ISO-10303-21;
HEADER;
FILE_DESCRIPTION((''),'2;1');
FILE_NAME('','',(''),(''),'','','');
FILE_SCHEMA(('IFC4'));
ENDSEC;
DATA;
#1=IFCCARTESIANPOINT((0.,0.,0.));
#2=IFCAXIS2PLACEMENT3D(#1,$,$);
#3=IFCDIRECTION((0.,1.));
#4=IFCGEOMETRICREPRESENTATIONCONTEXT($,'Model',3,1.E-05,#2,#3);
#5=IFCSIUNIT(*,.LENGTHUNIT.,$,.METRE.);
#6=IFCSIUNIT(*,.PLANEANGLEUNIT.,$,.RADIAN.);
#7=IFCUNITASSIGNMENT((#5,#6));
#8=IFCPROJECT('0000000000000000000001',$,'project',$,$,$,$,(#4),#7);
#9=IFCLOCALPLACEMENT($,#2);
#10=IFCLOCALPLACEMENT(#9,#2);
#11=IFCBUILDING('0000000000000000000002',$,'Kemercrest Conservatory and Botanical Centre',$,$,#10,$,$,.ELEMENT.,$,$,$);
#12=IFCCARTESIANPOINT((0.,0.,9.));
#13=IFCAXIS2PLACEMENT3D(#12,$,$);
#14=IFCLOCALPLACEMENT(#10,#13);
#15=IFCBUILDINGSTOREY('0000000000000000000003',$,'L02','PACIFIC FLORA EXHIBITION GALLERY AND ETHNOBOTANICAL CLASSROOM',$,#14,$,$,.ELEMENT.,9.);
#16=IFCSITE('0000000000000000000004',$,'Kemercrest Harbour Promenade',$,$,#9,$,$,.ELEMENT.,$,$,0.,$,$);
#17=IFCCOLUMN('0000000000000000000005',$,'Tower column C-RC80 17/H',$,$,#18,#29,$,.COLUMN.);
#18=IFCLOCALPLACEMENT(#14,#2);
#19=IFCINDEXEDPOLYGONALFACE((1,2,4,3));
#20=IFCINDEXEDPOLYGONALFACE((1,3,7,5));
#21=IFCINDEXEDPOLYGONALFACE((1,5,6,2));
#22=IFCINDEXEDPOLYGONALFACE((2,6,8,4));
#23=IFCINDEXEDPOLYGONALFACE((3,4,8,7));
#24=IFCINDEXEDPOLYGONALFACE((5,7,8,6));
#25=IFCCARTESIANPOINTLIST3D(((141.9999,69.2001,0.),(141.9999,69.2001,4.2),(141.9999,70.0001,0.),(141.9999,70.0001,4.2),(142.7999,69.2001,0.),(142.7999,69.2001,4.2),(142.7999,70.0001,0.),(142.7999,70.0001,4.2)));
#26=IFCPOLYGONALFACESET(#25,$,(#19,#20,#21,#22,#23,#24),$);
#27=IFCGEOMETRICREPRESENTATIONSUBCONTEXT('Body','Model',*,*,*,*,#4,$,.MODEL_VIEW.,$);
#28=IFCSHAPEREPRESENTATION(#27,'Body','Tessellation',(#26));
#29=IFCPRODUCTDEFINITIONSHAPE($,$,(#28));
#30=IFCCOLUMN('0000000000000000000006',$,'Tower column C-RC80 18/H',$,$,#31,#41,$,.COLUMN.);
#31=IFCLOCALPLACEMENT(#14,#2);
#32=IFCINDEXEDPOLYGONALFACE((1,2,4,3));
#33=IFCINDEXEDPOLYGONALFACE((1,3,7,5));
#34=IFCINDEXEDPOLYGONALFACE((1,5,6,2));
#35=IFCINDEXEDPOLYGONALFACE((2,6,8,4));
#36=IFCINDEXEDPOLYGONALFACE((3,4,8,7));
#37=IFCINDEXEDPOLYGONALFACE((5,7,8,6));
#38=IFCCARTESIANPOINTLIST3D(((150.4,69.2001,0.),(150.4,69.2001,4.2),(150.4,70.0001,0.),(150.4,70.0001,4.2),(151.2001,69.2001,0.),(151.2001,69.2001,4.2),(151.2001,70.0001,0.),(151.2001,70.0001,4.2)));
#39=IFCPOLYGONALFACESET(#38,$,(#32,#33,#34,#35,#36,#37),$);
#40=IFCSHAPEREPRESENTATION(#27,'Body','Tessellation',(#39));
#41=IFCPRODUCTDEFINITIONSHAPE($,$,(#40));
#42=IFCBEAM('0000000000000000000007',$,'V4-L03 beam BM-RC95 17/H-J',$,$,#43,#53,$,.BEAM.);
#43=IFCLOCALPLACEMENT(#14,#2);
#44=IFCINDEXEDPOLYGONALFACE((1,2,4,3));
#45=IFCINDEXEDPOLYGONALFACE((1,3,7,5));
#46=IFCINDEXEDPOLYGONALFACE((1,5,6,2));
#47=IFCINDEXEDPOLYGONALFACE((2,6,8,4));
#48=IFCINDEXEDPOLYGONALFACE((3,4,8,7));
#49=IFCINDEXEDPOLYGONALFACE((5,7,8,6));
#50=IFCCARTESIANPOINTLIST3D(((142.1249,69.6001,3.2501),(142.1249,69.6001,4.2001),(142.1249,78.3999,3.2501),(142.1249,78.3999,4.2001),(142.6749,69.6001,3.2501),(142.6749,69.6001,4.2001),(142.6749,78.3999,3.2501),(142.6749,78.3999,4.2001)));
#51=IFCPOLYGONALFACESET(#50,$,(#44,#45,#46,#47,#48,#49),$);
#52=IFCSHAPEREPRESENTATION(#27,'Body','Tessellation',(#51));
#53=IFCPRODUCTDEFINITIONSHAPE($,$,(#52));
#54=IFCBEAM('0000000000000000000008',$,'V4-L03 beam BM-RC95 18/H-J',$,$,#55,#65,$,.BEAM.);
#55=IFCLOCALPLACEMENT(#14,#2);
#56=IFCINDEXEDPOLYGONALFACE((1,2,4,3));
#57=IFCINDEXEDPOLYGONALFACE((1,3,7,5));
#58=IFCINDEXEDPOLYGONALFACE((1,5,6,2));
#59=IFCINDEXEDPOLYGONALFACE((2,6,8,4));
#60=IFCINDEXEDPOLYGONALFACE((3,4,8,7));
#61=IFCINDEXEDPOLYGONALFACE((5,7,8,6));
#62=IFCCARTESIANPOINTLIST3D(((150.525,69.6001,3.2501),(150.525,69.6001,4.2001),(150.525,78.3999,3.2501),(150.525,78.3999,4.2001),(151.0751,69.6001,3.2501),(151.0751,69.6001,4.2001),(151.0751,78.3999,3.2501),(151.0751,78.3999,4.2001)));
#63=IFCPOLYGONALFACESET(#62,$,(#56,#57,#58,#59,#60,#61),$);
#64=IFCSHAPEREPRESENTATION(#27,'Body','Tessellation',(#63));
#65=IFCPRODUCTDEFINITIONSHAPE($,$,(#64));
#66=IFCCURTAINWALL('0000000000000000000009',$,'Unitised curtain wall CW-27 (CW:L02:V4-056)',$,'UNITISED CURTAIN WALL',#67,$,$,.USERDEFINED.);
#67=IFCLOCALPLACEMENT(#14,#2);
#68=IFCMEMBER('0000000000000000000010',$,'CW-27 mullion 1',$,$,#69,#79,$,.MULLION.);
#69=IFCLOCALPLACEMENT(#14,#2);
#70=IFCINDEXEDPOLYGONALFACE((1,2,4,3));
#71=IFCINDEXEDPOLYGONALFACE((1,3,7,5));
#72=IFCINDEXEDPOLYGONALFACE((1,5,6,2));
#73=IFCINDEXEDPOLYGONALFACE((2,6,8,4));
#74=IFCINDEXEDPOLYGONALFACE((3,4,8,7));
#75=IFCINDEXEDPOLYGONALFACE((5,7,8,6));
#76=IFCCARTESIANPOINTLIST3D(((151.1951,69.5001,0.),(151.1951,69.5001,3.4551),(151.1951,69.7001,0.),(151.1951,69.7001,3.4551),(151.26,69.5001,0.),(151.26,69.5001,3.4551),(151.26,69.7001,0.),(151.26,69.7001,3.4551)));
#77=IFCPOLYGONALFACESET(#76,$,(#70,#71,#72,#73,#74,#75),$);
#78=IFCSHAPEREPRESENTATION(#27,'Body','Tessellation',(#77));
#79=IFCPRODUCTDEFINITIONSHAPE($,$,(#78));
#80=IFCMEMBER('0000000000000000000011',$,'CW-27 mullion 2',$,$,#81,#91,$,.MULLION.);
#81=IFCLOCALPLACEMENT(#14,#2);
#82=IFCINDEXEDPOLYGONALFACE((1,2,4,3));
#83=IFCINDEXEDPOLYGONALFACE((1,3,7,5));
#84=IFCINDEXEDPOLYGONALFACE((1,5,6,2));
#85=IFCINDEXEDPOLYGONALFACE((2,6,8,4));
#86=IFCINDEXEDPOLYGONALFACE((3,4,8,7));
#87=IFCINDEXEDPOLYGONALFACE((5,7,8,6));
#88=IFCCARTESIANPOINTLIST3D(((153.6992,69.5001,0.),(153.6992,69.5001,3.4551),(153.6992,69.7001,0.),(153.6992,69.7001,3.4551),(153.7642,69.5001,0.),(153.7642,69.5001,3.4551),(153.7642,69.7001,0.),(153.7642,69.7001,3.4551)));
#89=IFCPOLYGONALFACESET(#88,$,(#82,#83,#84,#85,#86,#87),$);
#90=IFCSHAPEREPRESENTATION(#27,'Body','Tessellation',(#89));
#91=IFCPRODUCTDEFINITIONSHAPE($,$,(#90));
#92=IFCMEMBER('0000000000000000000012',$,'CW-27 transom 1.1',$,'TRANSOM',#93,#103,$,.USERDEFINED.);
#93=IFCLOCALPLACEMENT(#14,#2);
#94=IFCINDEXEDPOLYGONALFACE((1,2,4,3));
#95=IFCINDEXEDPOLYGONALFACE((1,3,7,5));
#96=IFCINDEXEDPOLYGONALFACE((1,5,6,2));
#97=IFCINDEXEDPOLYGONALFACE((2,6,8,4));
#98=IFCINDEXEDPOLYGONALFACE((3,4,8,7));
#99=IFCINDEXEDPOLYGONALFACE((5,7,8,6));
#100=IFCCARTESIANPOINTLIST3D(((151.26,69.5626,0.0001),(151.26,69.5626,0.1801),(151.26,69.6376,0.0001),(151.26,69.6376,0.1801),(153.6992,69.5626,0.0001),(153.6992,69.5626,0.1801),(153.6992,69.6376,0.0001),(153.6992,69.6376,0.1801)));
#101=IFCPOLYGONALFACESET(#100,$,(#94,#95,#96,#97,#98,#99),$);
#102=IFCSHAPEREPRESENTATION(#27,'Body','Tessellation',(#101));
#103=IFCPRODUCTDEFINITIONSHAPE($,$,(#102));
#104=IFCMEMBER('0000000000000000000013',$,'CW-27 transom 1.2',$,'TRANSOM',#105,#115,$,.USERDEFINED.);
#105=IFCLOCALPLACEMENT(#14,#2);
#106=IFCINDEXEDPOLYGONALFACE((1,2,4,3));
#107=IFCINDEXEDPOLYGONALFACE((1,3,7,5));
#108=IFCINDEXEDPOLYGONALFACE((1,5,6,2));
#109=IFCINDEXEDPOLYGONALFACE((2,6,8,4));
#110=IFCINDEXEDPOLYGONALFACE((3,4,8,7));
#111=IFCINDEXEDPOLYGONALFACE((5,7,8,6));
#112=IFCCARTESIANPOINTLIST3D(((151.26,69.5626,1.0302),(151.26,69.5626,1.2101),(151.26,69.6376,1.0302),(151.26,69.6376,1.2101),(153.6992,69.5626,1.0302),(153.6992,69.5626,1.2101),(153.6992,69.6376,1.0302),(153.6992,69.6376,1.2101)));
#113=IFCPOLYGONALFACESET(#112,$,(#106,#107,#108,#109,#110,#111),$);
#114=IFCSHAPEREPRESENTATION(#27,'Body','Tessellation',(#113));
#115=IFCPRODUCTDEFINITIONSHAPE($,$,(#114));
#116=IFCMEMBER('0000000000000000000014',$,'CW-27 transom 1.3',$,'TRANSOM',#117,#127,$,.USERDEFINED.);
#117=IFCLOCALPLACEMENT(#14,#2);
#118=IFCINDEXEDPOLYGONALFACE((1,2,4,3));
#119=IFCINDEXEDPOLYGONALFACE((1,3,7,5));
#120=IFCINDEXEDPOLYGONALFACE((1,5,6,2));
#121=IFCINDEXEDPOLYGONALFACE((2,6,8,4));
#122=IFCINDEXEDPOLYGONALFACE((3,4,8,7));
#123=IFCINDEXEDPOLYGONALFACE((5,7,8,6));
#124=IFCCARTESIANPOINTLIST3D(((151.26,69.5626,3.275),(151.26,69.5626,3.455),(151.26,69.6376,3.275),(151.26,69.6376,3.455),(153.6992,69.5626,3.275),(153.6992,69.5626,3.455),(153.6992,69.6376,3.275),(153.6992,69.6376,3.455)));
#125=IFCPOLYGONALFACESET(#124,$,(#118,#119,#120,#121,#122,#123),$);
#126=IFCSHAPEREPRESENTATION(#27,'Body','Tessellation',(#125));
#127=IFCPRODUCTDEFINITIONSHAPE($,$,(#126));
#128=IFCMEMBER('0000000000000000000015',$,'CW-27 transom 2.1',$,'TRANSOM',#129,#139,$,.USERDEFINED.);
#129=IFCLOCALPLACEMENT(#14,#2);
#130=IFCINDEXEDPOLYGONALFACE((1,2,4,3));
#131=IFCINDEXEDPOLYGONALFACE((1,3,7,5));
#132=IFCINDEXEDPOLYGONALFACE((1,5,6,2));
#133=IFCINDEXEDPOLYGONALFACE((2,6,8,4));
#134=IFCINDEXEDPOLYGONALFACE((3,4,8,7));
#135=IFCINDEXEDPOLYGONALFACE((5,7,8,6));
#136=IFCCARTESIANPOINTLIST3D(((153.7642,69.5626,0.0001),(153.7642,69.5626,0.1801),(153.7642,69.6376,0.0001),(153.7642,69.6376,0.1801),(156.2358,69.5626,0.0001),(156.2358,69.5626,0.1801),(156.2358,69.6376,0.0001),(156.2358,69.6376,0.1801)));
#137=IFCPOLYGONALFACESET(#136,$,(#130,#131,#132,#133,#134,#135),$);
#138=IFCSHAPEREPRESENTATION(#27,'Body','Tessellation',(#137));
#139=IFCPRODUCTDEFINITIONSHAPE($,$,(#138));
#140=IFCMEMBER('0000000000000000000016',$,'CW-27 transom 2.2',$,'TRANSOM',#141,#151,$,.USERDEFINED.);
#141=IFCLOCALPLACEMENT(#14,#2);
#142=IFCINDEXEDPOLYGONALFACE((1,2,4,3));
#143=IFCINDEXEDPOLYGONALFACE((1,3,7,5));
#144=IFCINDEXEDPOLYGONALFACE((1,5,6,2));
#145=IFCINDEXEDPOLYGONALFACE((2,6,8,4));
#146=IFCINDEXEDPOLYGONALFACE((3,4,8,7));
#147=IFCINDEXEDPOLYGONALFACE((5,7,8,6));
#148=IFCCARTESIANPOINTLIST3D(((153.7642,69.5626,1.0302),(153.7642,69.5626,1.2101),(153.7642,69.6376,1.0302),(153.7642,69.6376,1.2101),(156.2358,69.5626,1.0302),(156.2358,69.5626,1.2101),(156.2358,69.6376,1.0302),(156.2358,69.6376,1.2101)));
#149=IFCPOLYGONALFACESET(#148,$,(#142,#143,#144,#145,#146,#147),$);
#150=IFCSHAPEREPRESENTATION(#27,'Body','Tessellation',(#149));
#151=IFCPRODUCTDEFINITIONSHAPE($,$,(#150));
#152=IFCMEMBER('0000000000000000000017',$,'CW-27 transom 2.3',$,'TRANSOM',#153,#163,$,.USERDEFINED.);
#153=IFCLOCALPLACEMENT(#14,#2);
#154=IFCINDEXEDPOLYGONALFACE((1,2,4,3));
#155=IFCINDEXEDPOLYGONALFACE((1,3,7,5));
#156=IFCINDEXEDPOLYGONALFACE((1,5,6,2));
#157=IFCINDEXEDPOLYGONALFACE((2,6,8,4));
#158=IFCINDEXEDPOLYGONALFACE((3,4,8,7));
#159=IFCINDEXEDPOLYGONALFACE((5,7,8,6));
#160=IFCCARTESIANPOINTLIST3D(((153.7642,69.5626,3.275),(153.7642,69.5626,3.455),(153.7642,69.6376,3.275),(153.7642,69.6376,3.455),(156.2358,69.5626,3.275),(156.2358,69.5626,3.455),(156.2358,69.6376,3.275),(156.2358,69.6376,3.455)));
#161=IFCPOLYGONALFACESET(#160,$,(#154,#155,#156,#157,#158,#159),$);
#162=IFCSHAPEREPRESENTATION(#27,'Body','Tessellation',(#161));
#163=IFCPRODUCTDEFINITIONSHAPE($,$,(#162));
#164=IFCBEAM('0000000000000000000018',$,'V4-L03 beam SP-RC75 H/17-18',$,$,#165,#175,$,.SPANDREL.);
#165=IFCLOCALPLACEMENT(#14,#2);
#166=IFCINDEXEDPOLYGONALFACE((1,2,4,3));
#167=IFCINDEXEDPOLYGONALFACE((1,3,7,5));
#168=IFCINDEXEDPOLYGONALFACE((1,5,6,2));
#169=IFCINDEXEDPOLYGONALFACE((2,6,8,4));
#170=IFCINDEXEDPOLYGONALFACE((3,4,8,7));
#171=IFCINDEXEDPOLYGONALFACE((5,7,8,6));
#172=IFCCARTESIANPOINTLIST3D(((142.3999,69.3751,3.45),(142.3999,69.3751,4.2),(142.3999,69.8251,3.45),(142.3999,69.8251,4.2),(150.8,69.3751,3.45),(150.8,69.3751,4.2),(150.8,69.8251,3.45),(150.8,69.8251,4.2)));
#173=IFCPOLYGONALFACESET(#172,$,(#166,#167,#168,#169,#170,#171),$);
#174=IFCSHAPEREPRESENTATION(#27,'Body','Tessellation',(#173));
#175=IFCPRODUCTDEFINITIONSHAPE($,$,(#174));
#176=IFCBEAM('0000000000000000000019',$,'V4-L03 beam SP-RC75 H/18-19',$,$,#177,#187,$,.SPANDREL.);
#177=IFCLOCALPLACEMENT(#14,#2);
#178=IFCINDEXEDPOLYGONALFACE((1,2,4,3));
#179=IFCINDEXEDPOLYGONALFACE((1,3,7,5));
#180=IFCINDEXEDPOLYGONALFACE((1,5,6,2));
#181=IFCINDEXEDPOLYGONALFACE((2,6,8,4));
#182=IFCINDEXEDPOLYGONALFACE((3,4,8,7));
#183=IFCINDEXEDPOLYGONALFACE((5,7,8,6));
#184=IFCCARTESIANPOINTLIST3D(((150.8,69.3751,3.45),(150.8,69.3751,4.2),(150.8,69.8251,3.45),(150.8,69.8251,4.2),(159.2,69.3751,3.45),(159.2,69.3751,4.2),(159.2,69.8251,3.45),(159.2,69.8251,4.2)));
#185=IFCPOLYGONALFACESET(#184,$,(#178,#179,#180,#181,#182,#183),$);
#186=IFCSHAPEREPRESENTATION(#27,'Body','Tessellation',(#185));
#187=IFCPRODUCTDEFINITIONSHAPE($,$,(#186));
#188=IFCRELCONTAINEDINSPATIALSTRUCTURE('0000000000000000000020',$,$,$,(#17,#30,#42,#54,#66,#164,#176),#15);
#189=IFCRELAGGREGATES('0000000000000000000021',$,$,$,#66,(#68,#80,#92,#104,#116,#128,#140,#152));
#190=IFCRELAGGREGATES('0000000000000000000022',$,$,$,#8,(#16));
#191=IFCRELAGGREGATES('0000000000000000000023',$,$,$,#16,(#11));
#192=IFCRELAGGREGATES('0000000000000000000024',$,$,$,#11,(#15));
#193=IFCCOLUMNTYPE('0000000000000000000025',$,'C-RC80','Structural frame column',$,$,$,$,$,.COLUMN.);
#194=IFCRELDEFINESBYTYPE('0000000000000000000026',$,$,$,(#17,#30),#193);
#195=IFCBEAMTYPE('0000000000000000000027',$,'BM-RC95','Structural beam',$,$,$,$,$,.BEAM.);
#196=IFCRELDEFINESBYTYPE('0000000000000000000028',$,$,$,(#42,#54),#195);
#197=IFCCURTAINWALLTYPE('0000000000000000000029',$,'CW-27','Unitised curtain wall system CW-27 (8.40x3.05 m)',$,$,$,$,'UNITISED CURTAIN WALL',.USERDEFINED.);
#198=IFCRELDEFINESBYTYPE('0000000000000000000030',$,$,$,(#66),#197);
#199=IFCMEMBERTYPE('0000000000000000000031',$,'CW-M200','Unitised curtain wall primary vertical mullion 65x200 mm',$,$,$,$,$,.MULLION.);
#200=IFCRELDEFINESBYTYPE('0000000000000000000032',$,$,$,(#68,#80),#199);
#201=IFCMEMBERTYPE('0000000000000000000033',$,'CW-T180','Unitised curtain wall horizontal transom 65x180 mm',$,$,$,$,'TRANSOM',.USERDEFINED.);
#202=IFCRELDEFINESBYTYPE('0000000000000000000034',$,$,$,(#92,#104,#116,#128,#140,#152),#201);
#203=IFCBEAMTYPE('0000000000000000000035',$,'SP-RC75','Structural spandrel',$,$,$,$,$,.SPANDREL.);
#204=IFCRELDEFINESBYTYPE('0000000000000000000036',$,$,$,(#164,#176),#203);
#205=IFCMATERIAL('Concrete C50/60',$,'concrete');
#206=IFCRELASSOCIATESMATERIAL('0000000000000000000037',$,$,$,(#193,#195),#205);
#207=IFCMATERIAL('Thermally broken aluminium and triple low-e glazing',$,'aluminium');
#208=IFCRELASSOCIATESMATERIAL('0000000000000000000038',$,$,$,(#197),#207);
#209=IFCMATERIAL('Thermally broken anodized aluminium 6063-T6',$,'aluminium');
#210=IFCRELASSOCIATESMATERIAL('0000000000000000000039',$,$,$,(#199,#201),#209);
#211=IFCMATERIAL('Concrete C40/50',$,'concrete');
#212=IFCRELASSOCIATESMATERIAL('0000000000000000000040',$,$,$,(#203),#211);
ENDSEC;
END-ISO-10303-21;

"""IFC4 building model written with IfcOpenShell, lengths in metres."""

from ifc_helpers import new_model, si_unit, direction, frame, origin, origin_2d, place, context, subcontext, project, spatial, rectangle, extrude, material, material_profile, profile_set, type_object, element, aggregate, save


model = new_model("IFC4")

# Units and contexts
model_context = context("Model", 3, precision=1e-05, world=origin(), true_north=direction((0.0, 1.0)))
body_context = subcontext(model_context, "Body", "Model", "MODEL_VIEW")
ifc_project = project(units=[si_unit("LENGTHUNIT", "METRE"), si_unit("PLANEANGLEUNIT", "RADIAN")], contexts=[model_context])

# Site, building, storey
site_placement = place(None, origin())
site = spatial("IfcSite", under=ifc_project, at=site_placement, Name="Kemercrest Harbour Promenade", CompositionType="ELEMENT", RefElevation=0.0)
building_placement = place(site_placement, origin())
building = spatial("IfcBuilding", under=site, at=building_placement, Name="Kemercrest Conservatory and Botanical Centre", CompositionType="ELEMENT")
storey_placement = place(building_placement, frame((0.0, 0.0, 9.0)))
storey = spatial("IfcBuildingStorey", under=building, at=storey_placement, Name="L02", Description="PACIFIC FLORA EXHIBITION GALLERY AND ETHNOBOTANICAL CLASSROOM", CompositionType="ELEMENT", Elevation=9.0)

# Columns
ifc_material_1 = material(Name="Concrete C50/60", Category="concrete")
ifc_material_profile_1 = material_profile(ifc_material_1, rectangle(XDim=0.8, YDim=0.8, at=origin_2d()), Name="RC 800x800")
ifc_profile_set_1 = profile_set([ifc_material_profile_1], Name="Concrete C50/60")
column_type = type_object("IfcColumnType", Name="C-RC80", Description="Structural frame column", PredefinedType="COLUMN", material=ifc_profile_set_1)
for number, where, z_axis, x_axis, name in (
    (1, (142.3999, 69.6001, 0.0), (0.0, 0.0, 1.0), (1.0, 0.0, 0.0), "Tower column C-RC80 17/H"),
    (2, (150.8, 69.6001, 0.0), (0.0, 0.0, 1.0), (1.0, 0.0, 0.0), "Tower column C-RC80 18/H"),
):
    element("IfcColumn", number, at=place(storey_placement, frame(where, z_axis=z_axis, x_axis=x_axis)), inside=storey, type_object=column_type, Name=name, PredefinedType="COLUMN", context=body_context, shape_type="SweptSolid", body=[
        extrude(rectangle(XDim=0.8, YDim=0.8, at=origin_2d()), origin(), (0.0, 0.0, 1.0), 4.2),
    ])

# Beams
ifc_material_profile_2 = material_profile(ifc_material_1, rectangle(XDim=0.55, YDim=0.95, at=origin_2d()), Name="RC 550x950")
ifc_profile_set_2 = profile_set([ifc_material_profile_2], Name="Concrete C50/60")
beam_type_1 = type_object("IfcBeamType", Name="BM-RC95", Description="Structural beam", PredefinedType="BEAM", material=ifc_profile_set_2)
for number, where, z_axis, x_axis, name in (
    (3, (142.3999, 69.6001, 3.7251), (0.0, 1.0, 0.0), (-1.0, 0.0, 0.0), "V4-L03 beam BM-RC95 17/H-J"),
    (4, (150.8, 69.6001, 3.7251), (0.0, 1.0, 0.0), (-1.0, 0.0, 0.0), "V4-L03 beam BM-RC95 18/H-J"),
):
    element("IfcBeam", number, at=place(storey_placement, frame(where, z_axis=z_axis, x_axis=x_axis)), inside=storey, type_object=beam_type_1, Name=name, PredefinedType="BEAM", context=body_context, shape_type="SweptSolid", body=[
        extrude(rectangle(XDim=0.55, YDim=0.95, at=origin_2d()), origin(), (0.0, 0.0, 1.0), 8.7998),
    ])

# Curtain wall, members
ifc_material_2 = material(Name="Thermally broken aluminium and triple low-e glazing", Category="aluminium")
curtain_wall_type = type_object("IfcCurtainWallType", Name="CW-27", Description="Unitised curtain wall system CW-27 (8.40x3.05 m)", ElementType="UNITISED CURTAIN WALL", PredefinedType="USERDEFINED", material=ifc_material_2)
curtain_wall_placement = place(storey_placement, origin())
curtain_wall = element("IfcCurtainWall", 5, at=curtain_wall_placement, inside=storey, type_object=curtain_wall_type, Name="Unitised curtain wall CW-27 (CW:L02:V4-056)", ObjectType="UNITISED CURTAIN WALL", PredefinedType="USERDEFINED")
ifc_material_3 = material(Name="Thermally broken anodized aluminium 6063-T6", Category="aluminium")
ifc_material_profile_3 = material_profile(ifc_material_3, rectangle(XDim=0.2, YDim=0.0649, at=origin_2d()), Name="AL MULLION 65x200")
ifc_profile_set_3 = profile_set([ifc_material_profile_3], Name="Thermally broken anodized aluminium 6063-T6")
member_type_1 = type_object("IfcMemberType", Name="CW-M200", Description="Unitised curtain wall primary vertical mullion 65x200 mm", PredefinedType="MULLION", material=ifc_profile_set_3)
member_1_placement = place(storey_placement, frame((151.2275, 69.6001, 0.0), z_axis=(0.0, 0.0, 1.0), x_axis=(0.0, 1.0, 0.0)))
member_1 = element("IfcMember", 6, at=member_1_placement, type_object=member_type_1, Name="CW-27 mullion 1", PredefinedType="MULLION", context=body_context, shape_type="SweptSolid", body=[
    extrude(rectangle(XDim=0.2, YDim=0.0649, at=origin_2d()), origin(), (0.0, 0.0, 1.0), 3.4551),
])
member_2_placement = place(storey_placement, frame((153.7317, 69.6001, 0.0), z_axis=(0.0, 0.0, 1.0), x_axis=(0.0, 1.0, 0.0)))
member_2 = element("IfcMember", 7, at=member_2_placement, type_object=member_type_1, Name="CW-27 mullion 2", PredefinedType="MULLION", context=body_context, shape_type="SweptSolid", body=[
    extrude(rectangle(XDim=0.2, YDim=0.0649, at=origin_2d()), origin(), (0.0, 0.0, 1.0), 3.4551),
])
ifc_material_profile_4 = material_profile(ifc_material_3, rectangle(XDim=0.075, YDim=0.1799, at=origin_2d()), Name="AL TRANSOM 75x180")
ifc_profile_set_4 = profile_set([ifc_material_profile_4], Name="Thermally broken anodized aluminium 6063-T6")
member_type_2 = type_object("IfcMemberType", Name="CW-T180", Description="Unitised curtain wall horizontal transom 65x180 mm", ElementType="TRANSOM", PredefinedType="USERDEFINED", material=ifc_profile_set_4)
member_3_placement = place(storey_placement, frame((151.26, 69.6001, 0.0901), z_axis=(1.0, 0.0, 0.0), x_axis=(0.0, 1.0, 0.0)))
member_3 = element("IfcMember", 8, at=member_3_placement, type_object=member_type_2, Name="CW-27 transom 1.1", ObjectType="TRANSOM", PredefinedType="USERDEFINED", context=body_context, shape_type="SweptSolid", body=[
    extrude(rectangle(XDim=0.075, YDim=0.1799, at=origin_2d()), origin(), (0.0, 0.0, 1.0), 2.4392),
])
member_4_placement = place(storey_placement, frame((151.26, 69.6001, 1.1201), z_axis=(1.0, 0.0, 0.0), x_axis=(0.0, 1.0, 0.0)))
member_4 = element("IfcMember", 9, at=member_4_placement, type_object=member_type_2, Name="CW-27 transom 1.2", ObjectType="TRANSOM", PredefinedType="USERDEFINED", context=body_context, shape_type="SweptSolid", body=[
    extrude(rectangle(XDim=0.075, YDim=0.1799, at=origin_2d()), origin(), (0.0, 0.0, 1.0), 2.4392),
])
member_5_placement = place(storey_placement, frame((151.26, 69.6001, 3.365), z_axis=(1.0, 0.0, 0.0), x_axis=(0.0, 1.0, 0.0)))
member_5 = element("IfcMember", 10, at=member_5_placement, type_object=member_type_2, Name="CW-27 transom 1.3", ObjectType="TRANSOM", PredefinedType="USERDEFINED", context=body_context, shape_type="SweptSolid", body=[
    extrude(rectangle(XDim=0.075, YDim=0.1799, at=origin_2d()), origin(), (0.0, 0.0, 1.0), 2.4392),
])
member_6_placement = place(storey_placement, frame((153.7642, 69.6001, 0.0901), z_axis=(1.0, 0.0, 0.0), x_axis=(0.0, 1.0, 0.0)))
member_6 = element("IfcMember", 11, at=member_6_placement, type_object=member_type_2, Name="CW-27 transom 2.1", ObjectType="TRANSOM", PredefinedType="USERDEFINED", context=body_context, shape_type="SweptSolid", body=[
    extrude(rectangle(XDim=0.075, YDim=0.1799, at=origin_2d()), origin(), (0.0, 0.0, 1.0), 2.4717),
])
member_7_placement = place(storey_placement, frame((153.7642, 69.6001, 1.1201), z_axis=(1.0, 0.0, 0.0), x_axis=(0.0, 1.0, 0.0)))
member_7 = element("IfcMember", 12, at=member_7_placement, type_object=member_type_2, Name="CW-27 transom 2.2", ObjectType="TRANSOM", PredefinedType="USERDEFINED", context=body_context, shape_type="SweptSolid", body=[
    extrude(rectangle(XDim=0.075, YDim=0.1799, at=origin_2d()), origin(), (0.0, 0.0, 1.0), 2.4717),
])
member_8_placement = place(storey_placement, frame((153.7642, 69.6001, 3.365), z_axis=(1.0, 0.0, 0.0), x_axis=(0.0, 1.0, 0.0)))
member_8 = element("IfcMember", 13, at=member_8_placement, type_object=member_type_2, Name="CW-27 transom 2.3", ObjectType="TRANSOM", PredefinedType="USERDEFINED", context=body_context, shape_type="SweptSolid", body=[
    extrude(rectangle(XDim=0.075, YDim=0.1799, at=origin_2d()), origin(), (0.0, 0.0, 1.0), 2.4717),
])

# Beams
ifc_material_4 = material(Name="Concrete C40/50", Category="concrete")
ifc_material_profile_5 = material_profile(ifc_material_4, rectangle(XDim=0.45, YDim=0.75, at=origin_2d()), Name="RC 450x750")
ifc_profile_set_5 = profile_set([ifc_material_profile_5], Name="Concrete C40/50")
beam_type_2 = type_object("IfcBeamType", Name="SP-RC75", Description="Structural spandrel", PredefinedType="SPANDREL", material=ifc_profile_set_5)
beam_1_placement = place(storey_placement, frame((142.3999, 69.6001, 3.825), z_axis=(1.0, 0.0, 0.0), x_axis=(0.0, 1.0, 0.0)))
element("IfcBeam", 14, at=beam_1_placement, inside=storey, type_object=beam_type_2, Name="V4-L03 beam SP-RC75 H/17-18", PredefinedType="SPANDREL", context=body_context, shape_type="SweptSolid", body=[
    extrude(rectangle(XDim=0.45, YDim=0.75, at=origin_2d()), origin(), (0.0, 0.0, 1.0), 8.4001),
])
beam_2_placement = place(storey_placement, frame((150.8, 69.6001, 3.825), z_axis=(1.0, 0.0, 0.0), x_axis=(0.0, 1.0, 0.0)))
element("IfcBeam", 15, at=beam_2_placement, inside=storey, type_object=beam_type_2, Name="V4-L03 beam SP-RC75 H/18-19", PredefinedType="SPANDREL", context=body_context, shape_type="SweptSolid", body=[
    extrude(rectangle(XDim=0.45, YDim=0.75, at=origin_2d()), origin(), (0.0, 0.0, 1.0), 8.3999),
])

aggregate(curtain_wall, [member_1, member_2, member_3, member_4, member_5, member_6, member_7, member_8])

save(model, "model.ifc")
